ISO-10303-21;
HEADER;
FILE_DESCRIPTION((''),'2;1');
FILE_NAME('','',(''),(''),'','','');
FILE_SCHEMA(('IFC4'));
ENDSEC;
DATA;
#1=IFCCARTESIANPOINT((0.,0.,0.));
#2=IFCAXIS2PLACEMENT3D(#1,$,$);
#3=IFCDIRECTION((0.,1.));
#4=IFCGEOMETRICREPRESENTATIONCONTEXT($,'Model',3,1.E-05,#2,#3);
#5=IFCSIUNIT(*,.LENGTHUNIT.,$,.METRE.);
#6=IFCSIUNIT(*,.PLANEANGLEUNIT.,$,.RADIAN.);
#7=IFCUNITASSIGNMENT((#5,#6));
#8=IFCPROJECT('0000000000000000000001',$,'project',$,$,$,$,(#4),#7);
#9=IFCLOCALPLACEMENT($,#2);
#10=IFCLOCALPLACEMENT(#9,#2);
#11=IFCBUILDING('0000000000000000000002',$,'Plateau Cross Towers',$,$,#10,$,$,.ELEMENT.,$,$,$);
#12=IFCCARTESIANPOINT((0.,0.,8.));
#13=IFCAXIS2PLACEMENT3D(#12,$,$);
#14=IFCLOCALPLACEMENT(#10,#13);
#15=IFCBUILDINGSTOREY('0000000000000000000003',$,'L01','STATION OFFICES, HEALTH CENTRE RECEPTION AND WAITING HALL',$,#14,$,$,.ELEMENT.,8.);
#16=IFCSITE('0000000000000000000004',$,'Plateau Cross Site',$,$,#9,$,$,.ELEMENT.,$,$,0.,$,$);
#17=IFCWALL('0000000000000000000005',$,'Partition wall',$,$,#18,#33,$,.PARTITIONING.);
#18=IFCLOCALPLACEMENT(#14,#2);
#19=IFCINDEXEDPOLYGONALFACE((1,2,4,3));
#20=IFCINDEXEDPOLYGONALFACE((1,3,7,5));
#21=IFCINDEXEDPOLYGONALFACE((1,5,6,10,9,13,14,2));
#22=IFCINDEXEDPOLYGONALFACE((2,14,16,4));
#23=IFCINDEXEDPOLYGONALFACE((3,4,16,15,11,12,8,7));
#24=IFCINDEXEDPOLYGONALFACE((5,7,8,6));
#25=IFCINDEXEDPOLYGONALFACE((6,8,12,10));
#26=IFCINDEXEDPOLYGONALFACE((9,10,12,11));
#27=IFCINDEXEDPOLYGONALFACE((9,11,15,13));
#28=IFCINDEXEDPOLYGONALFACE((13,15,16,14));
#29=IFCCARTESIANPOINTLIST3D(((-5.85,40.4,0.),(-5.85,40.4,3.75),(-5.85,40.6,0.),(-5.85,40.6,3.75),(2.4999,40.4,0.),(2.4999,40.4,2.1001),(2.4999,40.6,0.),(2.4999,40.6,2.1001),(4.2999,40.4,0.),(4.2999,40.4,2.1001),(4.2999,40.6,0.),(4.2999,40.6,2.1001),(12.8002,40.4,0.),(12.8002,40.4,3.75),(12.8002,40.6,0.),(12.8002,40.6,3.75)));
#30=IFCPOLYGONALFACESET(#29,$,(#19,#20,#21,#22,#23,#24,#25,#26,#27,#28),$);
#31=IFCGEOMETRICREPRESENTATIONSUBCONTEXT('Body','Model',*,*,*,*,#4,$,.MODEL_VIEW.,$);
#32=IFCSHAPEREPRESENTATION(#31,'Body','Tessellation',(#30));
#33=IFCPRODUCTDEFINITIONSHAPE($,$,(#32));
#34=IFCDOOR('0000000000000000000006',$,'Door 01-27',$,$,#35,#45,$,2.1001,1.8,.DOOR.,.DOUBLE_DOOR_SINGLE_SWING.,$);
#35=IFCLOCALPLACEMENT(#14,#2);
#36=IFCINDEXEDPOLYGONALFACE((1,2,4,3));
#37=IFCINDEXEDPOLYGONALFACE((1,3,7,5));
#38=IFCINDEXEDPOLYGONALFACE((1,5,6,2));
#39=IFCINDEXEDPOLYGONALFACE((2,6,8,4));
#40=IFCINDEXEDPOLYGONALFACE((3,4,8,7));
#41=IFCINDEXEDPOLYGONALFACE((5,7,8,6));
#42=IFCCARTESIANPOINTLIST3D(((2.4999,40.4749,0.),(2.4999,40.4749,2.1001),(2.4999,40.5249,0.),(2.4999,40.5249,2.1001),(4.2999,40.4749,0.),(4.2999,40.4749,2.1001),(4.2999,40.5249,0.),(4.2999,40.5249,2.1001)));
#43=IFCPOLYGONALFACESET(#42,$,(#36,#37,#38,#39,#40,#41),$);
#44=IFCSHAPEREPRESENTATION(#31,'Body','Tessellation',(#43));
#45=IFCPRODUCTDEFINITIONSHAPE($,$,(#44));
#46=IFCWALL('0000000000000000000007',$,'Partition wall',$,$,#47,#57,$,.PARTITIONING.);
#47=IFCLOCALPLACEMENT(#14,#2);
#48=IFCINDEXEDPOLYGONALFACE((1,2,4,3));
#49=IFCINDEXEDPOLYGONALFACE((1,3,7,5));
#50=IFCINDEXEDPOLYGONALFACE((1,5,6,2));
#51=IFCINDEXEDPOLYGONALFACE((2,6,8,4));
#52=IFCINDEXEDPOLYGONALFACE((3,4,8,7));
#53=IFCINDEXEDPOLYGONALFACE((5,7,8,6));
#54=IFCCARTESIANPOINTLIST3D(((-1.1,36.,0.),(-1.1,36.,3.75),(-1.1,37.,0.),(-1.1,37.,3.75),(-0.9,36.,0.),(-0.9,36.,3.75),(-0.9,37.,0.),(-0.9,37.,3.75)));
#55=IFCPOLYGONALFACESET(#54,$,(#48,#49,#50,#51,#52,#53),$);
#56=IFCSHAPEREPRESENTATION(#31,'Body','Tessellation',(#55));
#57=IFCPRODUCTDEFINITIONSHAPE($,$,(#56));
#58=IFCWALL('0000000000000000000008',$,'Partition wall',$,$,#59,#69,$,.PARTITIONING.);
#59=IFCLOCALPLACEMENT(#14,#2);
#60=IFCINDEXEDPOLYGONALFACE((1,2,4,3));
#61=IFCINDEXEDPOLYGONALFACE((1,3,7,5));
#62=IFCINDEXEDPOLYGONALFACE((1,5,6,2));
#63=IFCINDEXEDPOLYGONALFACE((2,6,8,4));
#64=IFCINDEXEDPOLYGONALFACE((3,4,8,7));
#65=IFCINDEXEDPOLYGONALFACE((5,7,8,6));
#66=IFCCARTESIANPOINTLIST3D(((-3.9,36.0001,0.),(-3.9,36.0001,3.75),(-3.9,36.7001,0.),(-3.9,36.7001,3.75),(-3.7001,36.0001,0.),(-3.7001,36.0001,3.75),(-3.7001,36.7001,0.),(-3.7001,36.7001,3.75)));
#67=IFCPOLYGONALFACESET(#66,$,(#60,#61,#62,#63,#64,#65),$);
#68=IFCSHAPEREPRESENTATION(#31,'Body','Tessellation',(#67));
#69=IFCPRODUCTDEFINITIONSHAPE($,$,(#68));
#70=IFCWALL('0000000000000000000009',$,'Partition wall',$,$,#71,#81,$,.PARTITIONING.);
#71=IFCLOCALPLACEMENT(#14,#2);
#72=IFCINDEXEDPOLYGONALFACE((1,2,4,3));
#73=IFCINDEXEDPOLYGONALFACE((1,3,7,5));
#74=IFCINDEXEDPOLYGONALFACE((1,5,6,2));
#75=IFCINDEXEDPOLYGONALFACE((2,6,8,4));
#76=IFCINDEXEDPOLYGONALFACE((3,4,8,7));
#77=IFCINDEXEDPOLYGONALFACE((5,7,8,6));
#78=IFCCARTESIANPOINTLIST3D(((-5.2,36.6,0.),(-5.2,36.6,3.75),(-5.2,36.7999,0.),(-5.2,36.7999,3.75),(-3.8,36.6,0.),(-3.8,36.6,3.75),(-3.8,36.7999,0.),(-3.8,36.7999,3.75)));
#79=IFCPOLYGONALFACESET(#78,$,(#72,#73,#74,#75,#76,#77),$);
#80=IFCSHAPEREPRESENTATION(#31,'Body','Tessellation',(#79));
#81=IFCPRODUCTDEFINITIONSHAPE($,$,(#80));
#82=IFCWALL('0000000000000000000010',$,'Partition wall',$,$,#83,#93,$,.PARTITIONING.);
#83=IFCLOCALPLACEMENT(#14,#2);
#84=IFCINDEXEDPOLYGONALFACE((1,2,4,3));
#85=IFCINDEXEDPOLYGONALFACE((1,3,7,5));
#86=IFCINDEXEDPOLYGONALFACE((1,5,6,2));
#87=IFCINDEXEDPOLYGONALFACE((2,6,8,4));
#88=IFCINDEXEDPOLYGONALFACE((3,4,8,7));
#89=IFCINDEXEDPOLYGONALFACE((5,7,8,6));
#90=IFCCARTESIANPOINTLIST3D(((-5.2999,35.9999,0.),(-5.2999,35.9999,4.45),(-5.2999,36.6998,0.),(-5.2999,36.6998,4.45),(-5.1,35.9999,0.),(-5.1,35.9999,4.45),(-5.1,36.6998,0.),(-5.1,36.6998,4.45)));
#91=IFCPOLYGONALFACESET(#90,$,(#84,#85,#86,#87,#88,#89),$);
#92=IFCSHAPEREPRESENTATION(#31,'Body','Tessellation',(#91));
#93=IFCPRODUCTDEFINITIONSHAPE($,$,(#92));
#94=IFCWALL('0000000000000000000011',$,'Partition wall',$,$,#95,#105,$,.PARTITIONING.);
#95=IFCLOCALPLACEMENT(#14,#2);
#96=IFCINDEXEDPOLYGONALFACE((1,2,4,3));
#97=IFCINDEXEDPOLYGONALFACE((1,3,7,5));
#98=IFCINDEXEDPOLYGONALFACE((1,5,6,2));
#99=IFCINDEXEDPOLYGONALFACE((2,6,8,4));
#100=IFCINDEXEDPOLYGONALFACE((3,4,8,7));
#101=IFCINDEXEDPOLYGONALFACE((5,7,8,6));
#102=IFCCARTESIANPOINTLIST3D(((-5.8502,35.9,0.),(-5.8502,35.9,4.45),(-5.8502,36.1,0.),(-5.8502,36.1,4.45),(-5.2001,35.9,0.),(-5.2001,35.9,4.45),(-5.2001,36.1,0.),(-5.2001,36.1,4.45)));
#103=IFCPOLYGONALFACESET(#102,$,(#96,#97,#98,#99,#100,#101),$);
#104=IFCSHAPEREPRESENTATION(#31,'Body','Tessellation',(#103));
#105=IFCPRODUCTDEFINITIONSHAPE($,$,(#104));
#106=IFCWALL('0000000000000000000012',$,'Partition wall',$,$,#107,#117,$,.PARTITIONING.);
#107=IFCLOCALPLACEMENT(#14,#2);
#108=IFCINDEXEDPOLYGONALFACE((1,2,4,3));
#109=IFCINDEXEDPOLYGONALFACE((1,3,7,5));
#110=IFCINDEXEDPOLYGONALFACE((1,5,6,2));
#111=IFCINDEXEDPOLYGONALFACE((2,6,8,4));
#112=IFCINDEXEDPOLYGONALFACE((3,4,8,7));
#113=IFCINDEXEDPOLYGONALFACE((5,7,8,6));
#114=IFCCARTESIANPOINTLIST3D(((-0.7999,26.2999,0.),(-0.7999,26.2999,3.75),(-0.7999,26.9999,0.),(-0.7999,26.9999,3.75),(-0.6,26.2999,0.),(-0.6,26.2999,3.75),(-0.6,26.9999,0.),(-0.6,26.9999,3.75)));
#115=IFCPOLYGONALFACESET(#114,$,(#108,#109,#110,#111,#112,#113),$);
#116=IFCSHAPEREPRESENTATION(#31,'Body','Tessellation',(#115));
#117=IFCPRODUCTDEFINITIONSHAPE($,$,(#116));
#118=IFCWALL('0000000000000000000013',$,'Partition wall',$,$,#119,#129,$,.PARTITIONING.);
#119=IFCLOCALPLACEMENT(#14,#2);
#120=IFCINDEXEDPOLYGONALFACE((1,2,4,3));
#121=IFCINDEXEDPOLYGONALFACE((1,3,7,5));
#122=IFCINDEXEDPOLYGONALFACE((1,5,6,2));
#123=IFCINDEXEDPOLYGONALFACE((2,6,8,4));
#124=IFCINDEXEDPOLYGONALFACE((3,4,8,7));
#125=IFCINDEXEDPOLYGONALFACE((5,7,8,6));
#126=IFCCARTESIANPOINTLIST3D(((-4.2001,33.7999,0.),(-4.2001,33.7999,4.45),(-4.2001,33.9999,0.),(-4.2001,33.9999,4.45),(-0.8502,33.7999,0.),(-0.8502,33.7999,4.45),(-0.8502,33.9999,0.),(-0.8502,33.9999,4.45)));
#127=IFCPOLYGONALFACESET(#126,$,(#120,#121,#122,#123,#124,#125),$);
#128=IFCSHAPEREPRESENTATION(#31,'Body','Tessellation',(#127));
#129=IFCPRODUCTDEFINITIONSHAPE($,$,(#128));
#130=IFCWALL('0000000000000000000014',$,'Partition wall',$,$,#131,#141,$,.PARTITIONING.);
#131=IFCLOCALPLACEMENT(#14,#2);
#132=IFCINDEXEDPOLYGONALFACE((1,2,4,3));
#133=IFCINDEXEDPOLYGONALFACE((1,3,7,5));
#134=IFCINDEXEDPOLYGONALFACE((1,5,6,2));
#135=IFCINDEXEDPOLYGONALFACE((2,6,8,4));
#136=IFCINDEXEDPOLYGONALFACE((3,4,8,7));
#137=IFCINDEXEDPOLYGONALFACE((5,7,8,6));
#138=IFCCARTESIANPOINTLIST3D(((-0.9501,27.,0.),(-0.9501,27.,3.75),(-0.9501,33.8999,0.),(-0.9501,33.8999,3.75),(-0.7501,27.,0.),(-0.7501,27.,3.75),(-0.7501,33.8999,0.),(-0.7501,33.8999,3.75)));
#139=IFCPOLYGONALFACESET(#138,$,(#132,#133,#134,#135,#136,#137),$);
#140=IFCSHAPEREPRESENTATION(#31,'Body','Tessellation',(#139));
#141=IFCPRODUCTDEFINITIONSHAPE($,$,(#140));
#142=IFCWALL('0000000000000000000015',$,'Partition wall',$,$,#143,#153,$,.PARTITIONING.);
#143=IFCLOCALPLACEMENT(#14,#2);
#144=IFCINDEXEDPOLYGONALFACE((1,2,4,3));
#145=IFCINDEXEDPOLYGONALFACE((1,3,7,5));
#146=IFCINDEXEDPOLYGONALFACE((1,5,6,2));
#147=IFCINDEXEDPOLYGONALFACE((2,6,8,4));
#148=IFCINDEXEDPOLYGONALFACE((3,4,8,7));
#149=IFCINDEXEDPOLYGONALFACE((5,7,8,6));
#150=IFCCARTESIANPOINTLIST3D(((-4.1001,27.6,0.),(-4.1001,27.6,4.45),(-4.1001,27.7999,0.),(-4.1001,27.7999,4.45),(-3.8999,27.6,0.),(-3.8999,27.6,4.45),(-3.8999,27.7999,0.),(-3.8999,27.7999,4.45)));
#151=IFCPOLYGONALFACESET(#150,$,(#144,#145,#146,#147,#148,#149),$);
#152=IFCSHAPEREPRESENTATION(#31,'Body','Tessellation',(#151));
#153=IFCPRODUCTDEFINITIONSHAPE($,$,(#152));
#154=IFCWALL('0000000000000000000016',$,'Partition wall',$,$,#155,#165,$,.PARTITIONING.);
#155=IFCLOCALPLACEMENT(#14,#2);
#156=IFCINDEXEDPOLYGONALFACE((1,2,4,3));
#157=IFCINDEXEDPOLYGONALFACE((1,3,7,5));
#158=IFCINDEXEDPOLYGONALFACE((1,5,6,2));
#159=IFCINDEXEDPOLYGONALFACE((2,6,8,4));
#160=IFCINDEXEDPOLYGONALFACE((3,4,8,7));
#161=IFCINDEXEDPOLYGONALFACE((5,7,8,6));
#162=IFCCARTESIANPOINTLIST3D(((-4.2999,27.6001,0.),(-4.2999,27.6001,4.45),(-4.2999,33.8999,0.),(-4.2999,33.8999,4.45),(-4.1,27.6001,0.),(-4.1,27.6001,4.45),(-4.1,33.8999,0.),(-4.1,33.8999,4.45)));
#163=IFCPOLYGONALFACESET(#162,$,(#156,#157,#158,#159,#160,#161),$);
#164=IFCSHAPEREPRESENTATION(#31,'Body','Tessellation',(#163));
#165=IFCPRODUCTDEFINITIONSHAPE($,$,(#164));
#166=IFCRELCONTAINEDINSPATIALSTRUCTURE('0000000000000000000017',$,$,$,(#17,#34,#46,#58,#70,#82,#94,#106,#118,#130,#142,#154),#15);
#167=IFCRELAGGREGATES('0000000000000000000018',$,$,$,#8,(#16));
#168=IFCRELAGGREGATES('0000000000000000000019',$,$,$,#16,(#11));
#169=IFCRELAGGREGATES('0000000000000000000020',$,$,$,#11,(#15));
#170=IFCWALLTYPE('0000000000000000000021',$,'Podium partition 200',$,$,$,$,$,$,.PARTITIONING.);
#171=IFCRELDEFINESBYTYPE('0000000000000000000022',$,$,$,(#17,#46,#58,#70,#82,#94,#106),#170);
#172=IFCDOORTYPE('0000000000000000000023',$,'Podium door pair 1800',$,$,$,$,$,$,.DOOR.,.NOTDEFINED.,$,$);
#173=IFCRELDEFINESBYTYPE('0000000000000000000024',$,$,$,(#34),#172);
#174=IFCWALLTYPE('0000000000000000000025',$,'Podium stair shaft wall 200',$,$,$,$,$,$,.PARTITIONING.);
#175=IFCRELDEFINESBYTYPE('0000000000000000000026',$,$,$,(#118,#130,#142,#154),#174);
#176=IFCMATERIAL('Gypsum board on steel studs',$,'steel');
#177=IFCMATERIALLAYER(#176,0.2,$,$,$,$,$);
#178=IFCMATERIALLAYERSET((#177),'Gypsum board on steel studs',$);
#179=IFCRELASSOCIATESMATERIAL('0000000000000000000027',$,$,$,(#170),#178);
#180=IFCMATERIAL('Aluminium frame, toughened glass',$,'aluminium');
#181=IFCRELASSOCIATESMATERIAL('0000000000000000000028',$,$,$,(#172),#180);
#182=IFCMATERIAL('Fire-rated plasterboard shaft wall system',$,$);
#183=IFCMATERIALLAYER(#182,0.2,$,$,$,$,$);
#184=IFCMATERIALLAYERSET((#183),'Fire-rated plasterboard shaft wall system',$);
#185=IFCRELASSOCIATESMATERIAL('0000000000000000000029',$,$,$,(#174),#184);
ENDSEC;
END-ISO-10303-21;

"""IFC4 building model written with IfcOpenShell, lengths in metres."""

from ifc_helpers import new_model, si_unit, direction, frame, frame_2d, origin, place, context, subcontext, project, spatial, rectangle, extrude, material, layer, layer_set, type_object, element, fill, save


model = new_model("IFC4")

# Units and contexts
model_context = context("Model", 3, precision=1e-05, world=origin(), true_north=direction((0.0, 1.0)))
body_context = subcontext(model_context, "Body", "Model", "MODEL_VIEW")
ifc_project = project(units=[si_unit("LENGTHUNIT", "METRE"), si_unit("PLANEANGLEUNIT", "RADIAN")], contexts=[model_context])

# Site, building, storey
site_placement = place(None, origin())
site = spatial("IfcSite", under=ifc_project, at=site_placement, Name="Plateau Cross Site", CompositionType="ELEMENT", RefElevation=0.0)
building_placement = place(site_placement, origin())
building = spatial("IfcBuilding", under=site, at=building_placement, Name="Plateau Cross Towers", CompositionType="ELEMENT")
storey_placement = place(building_placement, frame((0.0, 0.0, 8.0)))
storey = spatial("IfcBuildingStorey", under=building, at=storey_placement, Name="L01", Description="STATION OFFICES, HEALTH CENTRE RECEPTION AND WAITING HALL", CompositionType="ELEMENT", Elevation=8.0)

# Wall, opening, door
ifc_material_1 = material(Name="Gypsum board on steel studs", Category="steel")
ifc_layer_1 = layer(ifc_material_1, 0.2)
ifc_layer_set_1 = layer_set([ifc_layer_1], Name="Gypsum board on steel studs")
wall_type_1 = type_object("IfcWallType", Name="Podium partition 200", PredefinedType="PARTITIONING", material=ifc_layer_set_1)
wall_1_placement = place(storey_placement, frame((-5.8501, 40.5, 0.0), z_axis=(0.0, 0.0, 1.0), x_axis=(1.0, 0.0, 0.0)))
wall_1 = element("IfcWall", 1, at=wall_1_placement, inside=storey, type_object=wall_type_1, Name="Partition wall", PredefinedType="PARTITIONING", context=body_context, shape_type="SweptSolid", body=[
    extrude(rectangle(XDim=18.6501, YDim=0.2, at=frame_2d((9.3252, 0.0))), origin(), (0.0, 0.0, 1.0), 3.75),
])
opening_1_placement = place(wall_1_placement, frame((8.3501, 0.0, 0.0)))
opening_1 = element("IfcOpeningElement", 2, at=opening_1_placement, cuts=wall_1, PredefinedType="OPENING", context=body_context, shape_type="SweptSolid", body=[
    extrude(rectangle(XDim=1.8, YDim=2.1001, at=frame_2d((0.8999, 1.05))), frame((0.0, 0.1099, 0.0), z_axis=(0.0, -1.0, 0.0), x_axis=(1.0, 0.0, 0.0)), (0.0, 0.0, 1.0), 0.22),
])
ifc_material_2 = material(Name="Aluminium frame, toughened glass", Category="aluminium")
door_type_1 = type_object("IfcDoorType", Name="Podium door pair 1800", OperationType="NOTDEFINED", PredefinedType="DOOR", material=ifc_material_2)
door_1_placement = place(opening_1_placement, origin())
door_1 = element("IfcDoor", 3, at=door_1_placement, inside=storey, type_object=door_type_1, Name="Door 01-27", OperationType="DOUBLE_DOOR_SINGLE_SWING", OverallHeight=2.1001, OverallWidth=1.8, PredefinedType="DOOR", context=body_context, shape_type="SweptSolid", body=[
    extrude(rectangle(XDim=1.8, YDim=2.1001, at=frame_2d((0.8999, 1.05))), frame((0.0, 0.0249, 0.0), z_axis=(0.0, -1.0, 0.0), x_axis=(1.0, 0.0, 0.0)), (0.0, 0.0, 1.0), 0.05),
])
fill(opening_1, door_1)

# Walls
wall_2_placement = place(storey_placement, frame((-1.0, 37.0, 0.0), z_axis=(0.0, 0.0, 1.0), x_axis=(0.0, -1.0, 0.0)))
element("IfcWall", 4, at=wall_2_placement, inside=storey, type_object=wall_type_1, Name="Partition wall", PredefinedType="PARTITIONING", context=body_context, shape_type="SweptSolid", body=[
    extrude(rectangle(XDim=1.0, YDim=0.2, at=frame_2d((0.5, 0.0))), origin(), (0.0, 0.0, 1.0), 3.75),
])
wall_3_placement = place(storey_placement, frame((-3.8, 36.0, 0.0), z_axis=(0.0, 0.0, 1.0), x_axis=(0.0, 1.0, 0.0)))
element("IfcWall", 5, at=wall_3_placement, inside=storey, type_object=wall_type_1, Name="Partition wall", PredefinedType="PARTITIONING", context=body_context, shape_type="SweptSolid", body=[
    extrude(rectangle(XDim=0.7, YDim=0.2, at=frame_2d((0.3501, 0.0))), origin(), (0.0, 0.0, 1.0), 3.75),
])
wall_4_placement = place(storey_placement, frame((-3.8, 36.7, 0.0), z_axis=(0.0, 0.0, 1.0), x_axis=(-1.0, 0.0, 0.0)))
element("IfcWall", 6, at=wall_4_placement, inside=storey, type_object=wall_type_1, Name="Partition wall", PredefinedType="PARTITIONING", context=body_context, shape_type="SweptSolid", body=[
    extrude(rectangle(XDim=1.3999, YDim=0.2, at=frame_2d((0.7, 0.0))), origin(), (0.0, 0.0, 1.0), 3.75),
])
wall_5_placement = place(storey_placement, frame((-5.2, 36.7, 0.0), z_axis=(0.0, 0.0, 1.0), x_axis=(0.0, -1.0, 0.0)))
element("IfcWall", 7, at=wall_5_placement, inside=storey, type_object=wall_type_1, Name="Partition wall", PredefinedType="PARTITIONING", context=body_context, shape_type="SweptSolid", body=[
    extrude(rectangle(XDim=0.7, YDim=0.2, at=frame_2d((0.3501, 0.0))), origin(), (0.0, 0.0, 1.0), 4.45),
])
wall_6_placement = place(storey_placement, frame((-5.2, 36.0, 0.0), z_axis=(0.0, 0.0, 1.0), x_axis=(-1.0, 0.0, 0.0)))
element("IfcWall", 8, at=wall_6_placement, inside=storey, type_object=wall_type_1, Name="Partition wall", PredefinedType="PARTITIONING", context=body_context, shape_type="SweptSolid", body=[
    extrude(rectangle(XDim=0.6501, YDim=0.2, at=frame_2d((0.3252, 0.0))), origin(), (0.0, 0.0, 1.0), 4.45),
])
wall_7_placement = place(storey_placement, frame((-0.7, 27.0, 0.0), z_axis=(0.0, 0.0, 1.0), x_axis=(0.0, -1.0, 0.0)))
element("IfcWall", 9, at=wall_7_placement, inside=storey, type_object=wall_type_1, Name="Partition wall", PredefinedType="PARTITIONING", context=body_context, shape_type="SweptSolid", body=[
    extrude(rectangle(XDim=0.7, YDim=0.2, at=frame_2d((0.3501, 0.0))), origin(), (0.0, 0.0, 1.0), 3.75),
])
ifc_material_3 = material(Name="Fire-rated plasterboard shaft wall system")
ifc_layer_2 = layer(ifc_material_3, 0.2)
ifc_layer_set_2 = layer_set([ifc_layer_2], Name="Fire-rated plasterboard shaft wall system")
wall_type_2 = type_object("IfcWallType", Name="Podium stair shaft wall 200", PredefinedType="PARTITIONING", material=ifc_layer_set_2)
wall_8_placement = place(storey_placement, frame((-4.2, 33.8999, 0.0), z_axis=(0.0, 0.0, 1.0), x_axis=(1.0, 0.0, 0.0)))
element("IfcWall", 10, at=wall_8_placement, inside=storey, type_object=wall_type_2, Name="Partition wall", PredefinedType="PARTITIONING", context=body_context, shape_type="SweptSolid", body=[
    extrude(rectangle(XDim=3.3499, YDim=0.2, at=frame_2d((1.6748, 0.0))), origin(), (0.0, 0.0, 1.0), 4.45),
])
wall_9_placement = place(storey_placement, frame((-0.8501, 33.8999, 0.0), z_axis=(0.0, 0.0, 1.0), x_axis=(0.0, -1.0, 0.0)))
element("IfcWall", 11, at=wall_9_placement, inside=storey, type_object=wall_type_2, Name="Partition wall", PredefinedType="PARTITIONING", context=body_context, shape_type="SweptSolid", body=[
    extrude(rectangle(XDim=6.8999, YDim=0.2, at=frame_2d((3.45, 0.0))), origin(), (0.0, 0.0, 1.0), 3.75),
])
wall_10_placement = place(storey_placement, frame((-3.8999, 27.7, 0.0), z_axis=(0.0, 0.0, 1.0), x_axis=(-1.0, 0.0, 0.0)))
element("IfcWall", 12, at=wall_10_placement, inside=storey, type_object=wall_type_2, Name="Partition wall", PredefinedType="PARTITIONING", context=body_context, shape_type="SweptSolid", body=[
    extrude(rectangle(XDim=0.2002, YDim=0.2, at=frame_2d((0.1001, 0.0))), origin(), (0.0, 0.0, 1.0), 4.45),
])
wall_11_placement = place(storey_placement, frame((-4.2, 27.6001, 0.0), z_axis=(0.0, 0.0, 1.0), x_axis=(0.0, 1.0, 0.0)))
element("IfcWall", 13, at=wall_11_placement, inside=storey, type_object=wall_type_2, Name="Partition wall", PredefinedType="PARTITIONING", context=body_context, shape_type="SweptSolid", body=[
    extrude(rectangle(XDim=6.2998, YDim=0.2, at=frame_2d((3.1499, 0.0))), origin(), (0.0, 0.0, 1.0), 4.45),
])

save(model, "model.ifc")
